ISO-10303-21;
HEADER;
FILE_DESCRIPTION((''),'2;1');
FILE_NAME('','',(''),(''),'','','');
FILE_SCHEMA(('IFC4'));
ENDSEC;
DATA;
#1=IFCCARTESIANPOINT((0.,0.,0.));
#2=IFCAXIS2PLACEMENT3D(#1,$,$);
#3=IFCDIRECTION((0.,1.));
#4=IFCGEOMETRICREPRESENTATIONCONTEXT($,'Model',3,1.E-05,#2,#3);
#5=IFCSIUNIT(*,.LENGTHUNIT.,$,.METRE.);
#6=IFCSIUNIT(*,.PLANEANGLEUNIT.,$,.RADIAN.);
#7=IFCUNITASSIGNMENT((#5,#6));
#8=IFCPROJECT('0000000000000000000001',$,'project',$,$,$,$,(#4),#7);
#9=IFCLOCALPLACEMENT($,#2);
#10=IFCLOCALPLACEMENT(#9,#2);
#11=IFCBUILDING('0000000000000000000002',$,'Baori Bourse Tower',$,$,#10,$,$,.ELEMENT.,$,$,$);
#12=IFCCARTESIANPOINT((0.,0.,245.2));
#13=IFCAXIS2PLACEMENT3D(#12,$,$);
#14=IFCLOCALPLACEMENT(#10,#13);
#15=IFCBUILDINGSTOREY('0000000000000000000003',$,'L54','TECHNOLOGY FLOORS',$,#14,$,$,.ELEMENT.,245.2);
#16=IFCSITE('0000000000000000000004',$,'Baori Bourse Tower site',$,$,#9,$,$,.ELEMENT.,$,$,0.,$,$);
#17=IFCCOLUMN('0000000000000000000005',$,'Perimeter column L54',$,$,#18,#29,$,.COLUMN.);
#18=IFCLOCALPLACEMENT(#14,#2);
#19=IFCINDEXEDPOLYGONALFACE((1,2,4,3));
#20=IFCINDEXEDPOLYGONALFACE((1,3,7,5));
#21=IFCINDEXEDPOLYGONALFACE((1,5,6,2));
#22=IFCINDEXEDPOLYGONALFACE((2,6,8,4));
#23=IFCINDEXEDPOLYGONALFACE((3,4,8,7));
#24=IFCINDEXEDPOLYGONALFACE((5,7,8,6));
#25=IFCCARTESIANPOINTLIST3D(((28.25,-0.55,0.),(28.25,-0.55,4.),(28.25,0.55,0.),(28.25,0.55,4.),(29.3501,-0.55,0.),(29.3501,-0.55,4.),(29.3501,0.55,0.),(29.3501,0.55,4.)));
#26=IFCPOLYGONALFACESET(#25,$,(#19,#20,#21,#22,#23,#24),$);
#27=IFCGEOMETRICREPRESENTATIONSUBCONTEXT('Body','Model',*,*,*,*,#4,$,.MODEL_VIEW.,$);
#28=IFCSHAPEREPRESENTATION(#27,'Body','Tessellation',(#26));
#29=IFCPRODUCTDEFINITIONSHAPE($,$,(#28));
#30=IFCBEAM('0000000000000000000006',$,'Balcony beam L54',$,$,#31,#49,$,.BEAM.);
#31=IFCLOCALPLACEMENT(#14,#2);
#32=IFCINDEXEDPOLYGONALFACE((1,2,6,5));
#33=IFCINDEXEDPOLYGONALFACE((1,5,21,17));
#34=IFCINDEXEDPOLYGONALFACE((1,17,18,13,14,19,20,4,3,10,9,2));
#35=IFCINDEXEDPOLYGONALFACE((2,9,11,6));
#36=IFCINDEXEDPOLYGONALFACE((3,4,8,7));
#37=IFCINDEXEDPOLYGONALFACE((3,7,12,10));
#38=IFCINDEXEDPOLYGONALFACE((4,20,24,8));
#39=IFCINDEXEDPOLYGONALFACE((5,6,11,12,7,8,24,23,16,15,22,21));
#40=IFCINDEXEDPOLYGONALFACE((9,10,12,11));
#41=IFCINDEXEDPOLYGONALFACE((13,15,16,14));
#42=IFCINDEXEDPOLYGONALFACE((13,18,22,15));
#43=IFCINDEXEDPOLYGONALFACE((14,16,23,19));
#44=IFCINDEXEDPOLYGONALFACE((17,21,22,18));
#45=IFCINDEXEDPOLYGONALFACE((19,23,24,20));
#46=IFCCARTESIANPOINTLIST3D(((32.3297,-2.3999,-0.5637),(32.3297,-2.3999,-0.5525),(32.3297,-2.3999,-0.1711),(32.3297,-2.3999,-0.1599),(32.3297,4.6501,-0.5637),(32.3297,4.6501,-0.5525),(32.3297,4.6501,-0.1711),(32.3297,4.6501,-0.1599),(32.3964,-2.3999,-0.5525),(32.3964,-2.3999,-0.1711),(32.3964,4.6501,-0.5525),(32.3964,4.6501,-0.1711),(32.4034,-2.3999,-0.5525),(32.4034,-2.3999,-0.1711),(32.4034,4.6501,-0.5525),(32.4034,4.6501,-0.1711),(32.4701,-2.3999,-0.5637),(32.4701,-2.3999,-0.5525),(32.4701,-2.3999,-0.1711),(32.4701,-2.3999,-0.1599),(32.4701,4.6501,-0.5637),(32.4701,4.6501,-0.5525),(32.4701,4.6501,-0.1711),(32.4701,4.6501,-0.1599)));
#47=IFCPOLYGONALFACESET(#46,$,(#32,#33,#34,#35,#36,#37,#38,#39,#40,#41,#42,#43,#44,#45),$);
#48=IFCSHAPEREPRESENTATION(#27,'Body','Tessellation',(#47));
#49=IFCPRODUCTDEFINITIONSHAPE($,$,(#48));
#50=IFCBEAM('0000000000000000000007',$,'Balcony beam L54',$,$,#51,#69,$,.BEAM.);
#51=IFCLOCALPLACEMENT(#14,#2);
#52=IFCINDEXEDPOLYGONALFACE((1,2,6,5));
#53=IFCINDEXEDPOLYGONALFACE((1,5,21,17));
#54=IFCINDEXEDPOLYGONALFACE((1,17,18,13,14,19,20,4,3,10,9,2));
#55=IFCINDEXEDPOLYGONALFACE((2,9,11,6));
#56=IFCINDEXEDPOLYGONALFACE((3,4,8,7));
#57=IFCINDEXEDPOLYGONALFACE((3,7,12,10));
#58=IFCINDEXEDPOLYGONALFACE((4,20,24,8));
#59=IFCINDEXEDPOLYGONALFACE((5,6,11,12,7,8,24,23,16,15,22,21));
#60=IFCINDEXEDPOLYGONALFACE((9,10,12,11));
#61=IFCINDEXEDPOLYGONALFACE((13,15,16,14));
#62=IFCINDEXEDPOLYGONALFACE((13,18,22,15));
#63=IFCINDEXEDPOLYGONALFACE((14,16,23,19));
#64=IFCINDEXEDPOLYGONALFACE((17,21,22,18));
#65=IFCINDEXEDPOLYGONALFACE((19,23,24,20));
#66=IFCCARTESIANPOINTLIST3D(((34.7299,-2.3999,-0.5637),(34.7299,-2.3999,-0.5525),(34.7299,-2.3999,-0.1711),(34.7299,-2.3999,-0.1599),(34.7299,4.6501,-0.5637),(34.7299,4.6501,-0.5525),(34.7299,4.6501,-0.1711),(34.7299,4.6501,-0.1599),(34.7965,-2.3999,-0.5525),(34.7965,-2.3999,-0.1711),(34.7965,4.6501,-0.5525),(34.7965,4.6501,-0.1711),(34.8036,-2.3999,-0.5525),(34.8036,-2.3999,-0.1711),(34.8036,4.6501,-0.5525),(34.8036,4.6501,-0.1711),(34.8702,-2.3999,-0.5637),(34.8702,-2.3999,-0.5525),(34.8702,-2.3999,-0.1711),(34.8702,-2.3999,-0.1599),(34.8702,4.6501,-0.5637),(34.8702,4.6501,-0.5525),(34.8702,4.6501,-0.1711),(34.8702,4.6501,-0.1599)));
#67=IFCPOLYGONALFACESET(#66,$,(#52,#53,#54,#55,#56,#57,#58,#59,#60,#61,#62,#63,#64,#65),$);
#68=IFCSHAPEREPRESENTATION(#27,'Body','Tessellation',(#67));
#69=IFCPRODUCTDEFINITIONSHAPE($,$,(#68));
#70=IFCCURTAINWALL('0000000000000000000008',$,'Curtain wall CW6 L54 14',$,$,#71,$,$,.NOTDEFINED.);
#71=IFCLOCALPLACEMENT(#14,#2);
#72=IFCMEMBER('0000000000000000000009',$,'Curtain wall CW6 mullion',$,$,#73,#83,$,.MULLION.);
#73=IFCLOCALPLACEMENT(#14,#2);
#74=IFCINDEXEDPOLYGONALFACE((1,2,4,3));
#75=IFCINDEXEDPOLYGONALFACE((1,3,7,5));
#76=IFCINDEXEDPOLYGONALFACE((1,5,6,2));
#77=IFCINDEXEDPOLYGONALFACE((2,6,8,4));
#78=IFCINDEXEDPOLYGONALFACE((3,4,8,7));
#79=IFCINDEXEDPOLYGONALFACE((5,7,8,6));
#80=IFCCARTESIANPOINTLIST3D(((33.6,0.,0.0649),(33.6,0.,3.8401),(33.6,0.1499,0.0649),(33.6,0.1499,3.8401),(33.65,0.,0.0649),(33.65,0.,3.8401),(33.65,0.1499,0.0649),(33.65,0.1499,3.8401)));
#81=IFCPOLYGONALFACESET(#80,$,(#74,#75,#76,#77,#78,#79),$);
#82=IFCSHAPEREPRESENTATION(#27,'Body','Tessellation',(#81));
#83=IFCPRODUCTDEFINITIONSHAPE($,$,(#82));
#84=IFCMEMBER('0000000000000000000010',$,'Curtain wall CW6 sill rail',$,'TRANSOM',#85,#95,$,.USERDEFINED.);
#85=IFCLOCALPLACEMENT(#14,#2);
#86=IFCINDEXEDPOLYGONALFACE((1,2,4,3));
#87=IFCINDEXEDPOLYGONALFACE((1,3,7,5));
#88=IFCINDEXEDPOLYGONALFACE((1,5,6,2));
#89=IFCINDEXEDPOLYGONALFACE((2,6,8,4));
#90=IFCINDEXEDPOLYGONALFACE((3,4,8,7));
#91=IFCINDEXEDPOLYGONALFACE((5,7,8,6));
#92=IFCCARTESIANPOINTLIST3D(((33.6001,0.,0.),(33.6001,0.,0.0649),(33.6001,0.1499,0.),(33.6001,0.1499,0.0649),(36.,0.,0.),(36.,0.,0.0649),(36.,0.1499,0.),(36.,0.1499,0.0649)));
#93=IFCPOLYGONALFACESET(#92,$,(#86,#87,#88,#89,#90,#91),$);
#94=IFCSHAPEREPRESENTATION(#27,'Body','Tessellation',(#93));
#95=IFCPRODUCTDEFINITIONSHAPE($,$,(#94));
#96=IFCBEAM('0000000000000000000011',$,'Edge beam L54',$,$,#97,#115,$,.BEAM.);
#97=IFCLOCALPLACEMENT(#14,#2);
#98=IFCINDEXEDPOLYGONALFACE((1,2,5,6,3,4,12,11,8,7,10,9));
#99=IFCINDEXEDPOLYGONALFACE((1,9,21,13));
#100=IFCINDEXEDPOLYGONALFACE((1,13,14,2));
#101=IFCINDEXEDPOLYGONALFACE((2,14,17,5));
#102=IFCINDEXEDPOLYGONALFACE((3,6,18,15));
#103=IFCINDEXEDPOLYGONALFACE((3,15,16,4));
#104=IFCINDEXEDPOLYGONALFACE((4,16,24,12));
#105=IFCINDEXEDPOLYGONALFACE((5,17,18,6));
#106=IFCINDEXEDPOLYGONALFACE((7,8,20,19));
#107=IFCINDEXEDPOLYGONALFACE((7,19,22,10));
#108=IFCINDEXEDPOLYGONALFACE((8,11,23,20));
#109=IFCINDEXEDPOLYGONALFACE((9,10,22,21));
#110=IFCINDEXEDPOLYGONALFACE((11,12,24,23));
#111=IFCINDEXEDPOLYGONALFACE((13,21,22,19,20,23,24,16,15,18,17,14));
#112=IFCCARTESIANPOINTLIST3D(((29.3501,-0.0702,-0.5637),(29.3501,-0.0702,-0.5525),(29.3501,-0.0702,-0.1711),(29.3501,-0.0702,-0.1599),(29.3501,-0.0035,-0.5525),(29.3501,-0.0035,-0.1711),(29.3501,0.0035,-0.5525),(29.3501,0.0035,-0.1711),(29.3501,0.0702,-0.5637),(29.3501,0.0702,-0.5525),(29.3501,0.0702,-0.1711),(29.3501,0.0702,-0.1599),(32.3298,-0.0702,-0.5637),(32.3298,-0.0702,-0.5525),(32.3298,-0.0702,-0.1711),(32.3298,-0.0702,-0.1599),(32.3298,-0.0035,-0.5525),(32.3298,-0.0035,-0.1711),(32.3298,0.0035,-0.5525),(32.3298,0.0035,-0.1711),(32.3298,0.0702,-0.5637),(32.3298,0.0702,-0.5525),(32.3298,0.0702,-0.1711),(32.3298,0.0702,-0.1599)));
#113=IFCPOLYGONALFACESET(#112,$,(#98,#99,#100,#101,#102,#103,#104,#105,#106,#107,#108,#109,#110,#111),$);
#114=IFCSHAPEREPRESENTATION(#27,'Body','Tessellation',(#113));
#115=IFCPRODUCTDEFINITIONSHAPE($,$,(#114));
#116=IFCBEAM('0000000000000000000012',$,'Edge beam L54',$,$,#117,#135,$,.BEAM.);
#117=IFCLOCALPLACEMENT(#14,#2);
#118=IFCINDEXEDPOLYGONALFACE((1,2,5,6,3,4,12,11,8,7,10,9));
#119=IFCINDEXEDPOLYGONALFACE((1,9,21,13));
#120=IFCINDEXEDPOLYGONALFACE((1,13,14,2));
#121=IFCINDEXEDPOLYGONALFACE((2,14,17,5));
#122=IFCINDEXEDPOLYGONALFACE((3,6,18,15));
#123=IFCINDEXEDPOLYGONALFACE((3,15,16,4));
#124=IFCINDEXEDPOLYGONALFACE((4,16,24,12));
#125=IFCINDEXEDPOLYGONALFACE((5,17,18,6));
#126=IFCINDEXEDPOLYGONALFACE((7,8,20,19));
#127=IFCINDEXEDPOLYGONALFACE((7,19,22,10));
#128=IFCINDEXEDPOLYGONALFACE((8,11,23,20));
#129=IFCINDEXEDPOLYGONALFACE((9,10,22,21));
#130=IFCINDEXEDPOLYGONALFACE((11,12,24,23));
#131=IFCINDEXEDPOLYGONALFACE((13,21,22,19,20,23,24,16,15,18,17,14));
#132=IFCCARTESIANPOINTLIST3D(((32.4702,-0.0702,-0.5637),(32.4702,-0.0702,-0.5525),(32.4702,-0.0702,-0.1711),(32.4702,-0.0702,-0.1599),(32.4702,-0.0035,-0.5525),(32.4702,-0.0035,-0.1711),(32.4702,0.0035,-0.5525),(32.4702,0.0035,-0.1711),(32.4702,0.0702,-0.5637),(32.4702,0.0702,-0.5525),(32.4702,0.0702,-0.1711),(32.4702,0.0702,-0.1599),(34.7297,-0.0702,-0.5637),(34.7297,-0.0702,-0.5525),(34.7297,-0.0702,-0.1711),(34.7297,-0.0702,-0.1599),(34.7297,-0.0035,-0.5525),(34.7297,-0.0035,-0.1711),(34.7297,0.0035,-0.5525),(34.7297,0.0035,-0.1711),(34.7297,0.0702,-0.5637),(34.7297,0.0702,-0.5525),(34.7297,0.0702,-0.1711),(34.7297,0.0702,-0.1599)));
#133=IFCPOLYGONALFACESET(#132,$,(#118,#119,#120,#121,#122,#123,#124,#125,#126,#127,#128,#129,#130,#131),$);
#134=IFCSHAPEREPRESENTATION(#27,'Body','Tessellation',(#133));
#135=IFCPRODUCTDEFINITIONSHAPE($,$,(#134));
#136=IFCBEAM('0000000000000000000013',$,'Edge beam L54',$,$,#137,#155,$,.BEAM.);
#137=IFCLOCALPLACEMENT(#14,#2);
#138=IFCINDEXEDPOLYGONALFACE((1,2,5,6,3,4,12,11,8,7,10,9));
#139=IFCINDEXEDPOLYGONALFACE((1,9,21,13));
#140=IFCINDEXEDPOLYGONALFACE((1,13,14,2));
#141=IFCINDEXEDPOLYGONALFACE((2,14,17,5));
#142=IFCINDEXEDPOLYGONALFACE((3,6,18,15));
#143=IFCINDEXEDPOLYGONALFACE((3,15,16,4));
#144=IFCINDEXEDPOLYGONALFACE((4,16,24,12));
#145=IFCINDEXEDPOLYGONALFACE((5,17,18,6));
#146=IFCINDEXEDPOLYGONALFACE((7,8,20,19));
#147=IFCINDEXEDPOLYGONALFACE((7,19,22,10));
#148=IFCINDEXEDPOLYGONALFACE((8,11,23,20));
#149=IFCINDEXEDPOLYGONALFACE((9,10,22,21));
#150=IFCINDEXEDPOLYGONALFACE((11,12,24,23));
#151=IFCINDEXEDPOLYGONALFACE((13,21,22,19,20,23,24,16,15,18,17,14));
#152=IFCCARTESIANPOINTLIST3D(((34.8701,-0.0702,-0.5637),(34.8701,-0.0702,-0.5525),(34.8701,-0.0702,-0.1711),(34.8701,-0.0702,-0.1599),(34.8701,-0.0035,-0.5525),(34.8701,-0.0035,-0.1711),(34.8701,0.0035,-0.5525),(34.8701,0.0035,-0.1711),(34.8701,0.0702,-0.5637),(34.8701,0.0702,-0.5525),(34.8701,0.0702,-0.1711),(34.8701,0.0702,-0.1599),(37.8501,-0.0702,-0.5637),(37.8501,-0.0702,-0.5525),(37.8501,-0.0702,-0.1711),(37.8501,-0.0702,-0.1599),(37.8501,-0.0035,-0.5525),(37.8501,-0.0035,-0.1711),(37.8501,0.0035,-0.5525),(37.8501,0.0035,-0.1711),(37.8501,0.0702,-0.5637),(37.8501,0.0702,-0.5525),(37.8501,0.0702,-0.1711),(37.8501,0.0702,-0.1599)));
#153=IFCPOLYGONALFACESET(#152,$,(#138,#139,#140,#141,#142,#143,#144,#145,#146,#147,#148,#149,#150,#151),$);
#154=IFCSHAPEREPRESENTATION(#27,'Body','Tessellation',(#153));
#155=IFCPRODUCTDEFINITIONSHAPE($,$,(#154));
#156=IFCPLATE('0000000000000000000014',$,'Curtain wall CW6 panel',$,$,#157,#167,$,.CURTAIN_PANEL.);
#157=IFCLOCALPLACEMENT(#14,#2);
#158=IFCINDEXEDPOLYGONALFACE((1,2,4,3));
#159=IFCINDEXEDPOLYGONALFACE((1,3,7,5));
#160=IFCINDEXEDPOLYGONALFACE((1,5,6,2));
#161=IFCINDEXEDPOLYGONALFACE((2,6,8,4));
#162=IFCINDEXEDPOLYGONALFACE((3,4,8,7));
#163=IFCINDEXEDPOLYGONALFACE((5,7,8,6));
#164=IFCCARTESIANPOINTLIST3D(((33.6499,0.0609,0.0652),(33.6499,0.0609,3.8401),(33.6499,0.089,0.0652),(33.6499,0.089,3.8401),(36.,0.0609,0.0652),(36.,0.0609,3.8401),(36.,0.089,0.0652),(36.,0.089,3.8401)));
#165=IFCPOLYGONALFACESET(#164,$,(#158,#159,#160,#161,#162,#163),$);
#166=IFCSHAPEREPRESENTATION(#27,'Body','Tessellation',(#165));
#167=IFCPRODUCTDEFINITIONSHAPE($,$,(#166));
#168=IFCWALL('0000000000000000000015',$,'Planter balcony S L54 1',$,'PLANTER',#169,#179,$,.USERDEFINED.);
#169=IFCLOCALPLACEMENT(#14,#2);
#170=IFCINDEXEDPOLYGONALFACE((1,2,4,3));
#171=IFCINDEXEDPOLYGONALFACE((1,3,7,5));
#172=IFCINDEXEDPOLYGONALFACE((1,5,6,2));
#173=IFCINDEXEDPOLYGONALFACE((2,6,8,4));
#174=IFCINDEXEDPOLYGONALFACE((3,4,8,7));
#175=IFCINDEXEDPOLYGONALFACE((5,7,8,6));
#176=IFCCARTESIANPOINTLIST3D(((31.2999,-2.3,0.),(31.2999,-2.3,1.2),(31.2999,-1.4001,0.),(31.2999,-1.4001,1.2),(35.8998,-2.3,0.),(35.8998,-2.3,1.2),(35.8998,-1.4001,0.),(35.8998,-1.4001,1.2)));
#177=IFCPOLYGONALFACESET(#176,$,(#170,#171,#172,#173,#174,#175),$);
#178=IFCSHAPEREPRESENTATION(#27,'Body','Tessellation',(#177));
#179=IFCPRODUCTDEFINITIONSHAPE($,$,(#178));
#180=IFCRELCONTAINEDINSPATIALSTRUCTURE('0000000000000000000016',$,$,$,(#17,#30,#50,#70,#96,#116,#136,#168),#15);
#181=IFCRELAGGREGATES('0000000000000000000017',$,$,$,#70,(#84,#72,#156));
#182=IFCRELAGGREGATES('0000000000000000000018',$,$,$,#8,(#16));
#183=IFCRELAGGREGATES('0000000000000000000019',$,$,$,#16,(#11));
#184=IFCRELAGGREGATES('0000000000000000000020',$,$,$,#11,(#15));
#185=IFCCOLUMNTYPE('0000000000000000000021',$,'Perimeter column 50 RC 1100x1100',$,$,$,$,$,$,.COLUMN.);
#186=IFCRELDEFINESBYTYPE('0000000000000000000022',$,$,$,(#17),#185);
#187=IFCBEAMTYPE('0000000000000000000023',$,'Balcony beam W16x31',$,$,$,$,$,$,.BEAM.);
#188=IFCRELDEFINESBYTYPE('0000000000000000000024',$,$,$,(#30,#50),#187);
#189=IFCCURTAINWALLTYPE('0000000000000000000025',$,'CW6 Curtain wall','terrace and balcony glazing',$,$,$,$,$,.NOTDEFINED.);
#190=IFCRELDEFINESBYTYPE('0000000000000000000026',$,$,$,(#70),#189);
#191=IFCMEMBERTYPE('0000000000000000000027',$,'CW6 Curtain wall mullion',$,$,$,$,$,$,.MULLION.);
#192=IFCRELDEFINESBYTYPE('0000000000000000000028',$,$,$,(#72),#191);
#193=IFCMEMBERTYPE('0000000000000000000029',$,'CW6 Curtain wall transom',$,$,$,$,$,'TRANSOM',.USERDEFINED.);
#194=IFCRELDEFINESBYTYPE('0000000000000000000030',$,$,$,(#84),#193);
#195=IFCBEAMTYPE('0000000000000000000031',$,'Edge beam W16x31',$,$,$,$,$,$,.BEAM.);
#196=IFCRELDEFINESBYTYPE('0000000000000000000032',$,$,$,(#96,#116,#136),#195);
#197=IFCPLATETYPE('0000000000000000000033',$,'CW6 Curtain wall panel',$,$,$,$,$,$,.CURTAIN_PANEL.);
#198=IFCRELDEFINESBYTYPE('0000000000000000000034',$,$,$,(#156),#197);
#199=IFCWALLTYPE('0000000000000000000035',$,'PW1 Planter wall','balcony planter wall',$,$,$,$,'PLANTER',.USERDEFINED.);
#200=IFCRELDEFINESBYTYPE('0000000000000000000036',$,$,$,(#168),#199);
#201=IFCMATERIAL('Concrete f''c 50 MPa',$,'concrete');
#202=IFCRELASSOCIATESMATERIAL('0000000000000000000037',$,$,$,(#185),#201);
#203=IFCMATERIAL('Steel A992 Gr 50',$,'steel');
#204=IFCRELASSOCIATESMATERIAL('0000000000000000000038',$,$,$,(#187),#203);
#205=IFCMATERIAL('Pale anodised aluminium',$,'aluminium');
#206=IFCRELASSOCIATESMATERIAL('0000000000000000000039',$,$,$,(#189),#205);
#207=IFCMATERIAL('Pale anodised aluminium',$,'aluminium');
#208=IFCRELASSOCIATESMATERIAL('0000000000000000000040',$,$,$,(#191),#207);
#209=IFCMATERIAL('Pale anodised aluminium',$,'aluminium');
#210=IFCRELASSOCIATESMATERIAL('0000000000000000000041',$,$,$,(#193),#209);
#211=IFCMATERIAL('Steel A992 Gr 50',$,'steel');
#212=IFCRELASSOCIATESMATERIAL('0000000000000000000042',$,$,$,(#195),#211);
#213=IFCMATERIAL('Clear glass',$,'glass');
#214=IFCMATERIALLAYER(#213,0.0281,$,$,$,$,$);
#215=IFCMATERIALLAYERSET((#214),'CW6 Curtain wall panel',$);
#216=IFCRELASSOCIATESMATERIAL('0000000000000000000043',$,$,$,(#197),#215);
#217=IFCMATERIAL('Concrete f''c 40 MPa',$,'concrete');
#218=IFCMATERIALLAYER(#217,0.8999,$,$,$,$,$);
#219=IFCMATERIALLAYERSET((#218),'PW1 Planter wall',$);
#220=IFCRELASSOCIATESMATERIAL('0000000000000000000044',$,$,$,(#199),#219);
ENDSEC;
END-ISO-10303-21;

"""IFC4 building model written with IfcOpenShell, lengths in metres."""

from ifc_helpers import new_model, si_unit, direction, frame, frame_2d, origin, origin_2d, place, context, subcontext, project, spatial, rectangle, i_section, extrude, material, layer, layer_set, material_profile, profile_set, type_object, element, aggregate, save


model = new_model("IFC4")

# Units and contexts
model_context = context("Model", 3, precision=1e-05, world=origin(), true_north=direction((0.0, 1.0)))
body_context = subcontext(model_context, "Body", "Model", "MODEL_VIEW")
ifc_project = project(units=[si_unit("LENGTHUNIT", "METRE"), si_unit("PLANEANGLEUNIT", "RADIAN")], contexts=[model_context])

# Site, building, storey
site_placement = place(None, origin())
site = spatial("IfcSite", under=ifc_project, at=site_placement, Name="Baori Bourse Tower site", CompositionType="ELEMENT", RefElevation=0.0)
building_placement = place(site_placement, origin())
building = spatial("IfcBuilding", under=site, at=building_placement, Name="Baori Bourse Tower", CompositionType="ELEMENT")
storey_placement = place(building_placement, frame((0.0, 0.0, 245.2)))
storey = spatial("IfcBuildingStorey", under=building, at=storey_placement, Name="L54", Description="TECHNOLOGY FLOORS", CompositionType="ELEMENT", Elevation=245.2)

# Column
ifc_material_1 = material(Name="Concrete f'c 50 MPa", Category="concrete")
ifc_material_profile_1 = material_profile(ifc_material_1, rectangle(XDim=1.1001, YDim=1.1001, at=origin_2d()), Name="RC 1100x1100")
ifc_profile_set_1 = profile_set([ifc_material_profile_1], Name="Concrete f'c 50 MPa")
column_type = type_object("IfcColumnType", Name="Perimeter column 50 RC 1100x1100", PredefinedType="COLUMN", material=ifc_profile_set_1)
column_placement = place(storey_placement, frame((28.8, 0.0, 0.0), z_axis=(0.0, 0.0, 1.0), x_axis=(1.0, 0.0, 0.0)))
element("IfcColumn", 1, at=column_placement, inside=storey, type_object=column_type, Name="Perimeter column L54", PredefinedType="COLUMN", context=body_context, shape_type="SweptSolid", body=[
    extrude(rectangle(XDim=1.1001, YDim=1.1001, at=origin_2d()), origin(), (0.0, 0.0, 1.0), 4.0),
])

# Beams
ifc_material_2 = material(Name="Steel A992 Gr 50", Category="steel")
ifc_material_profile_2 = material_profile(ifc_material_2, i_section(OverallWidth=0.1404, OverallDepth=0.4038, WebThickness=0.0071, FlangeThickness=0.0112, at=origin_2d()), Name="W16x31")
ifc_profile_set_2 = profile_set([ifc_material_profile_2], Name="Steel A992 Gr 50")
beam_type_1 = type_object("IfcBeamType", Name="Balcony beam W16x31", PredefinedType="BEAM", material=ifc_profile_set_2)
for number, where, z_axis, x_axis, name in (
    (2, (32.3999, -2.3999, -0.3618), (0.0, 1.0, 0.0), (-1.0, 0.0, 0.0), "Balcony beam L54"),
    (3, (34.8, -2.3999, -0.3618), (0.0, 1.0, 0.0), (-1.0, 0.0, 0.0), "Balcony beam L54"),
):
    element("IfcBeam", number, at=place(storey_placement, frame(where, z_axis=z_axis, x_axis=x_axis)), inside=storey, type_object=beam_type_1, Name=name, PredefinedType="BEAM", context=body_context, shape_type="SweptSolid", body=[
        extrude(i_section(OverallWidth=0.1404, OverallDepth=0.4038, WebThickness=0.0071, FlangeThickness=0.0112, at=origin_2d()), origin(), (0.0, 0.0, 1.0), 7.05),
    ])

# Curtain wall, members
ifc_material_3 = material(Name="Pale anodised aluminium", Category="aluminium")
curtain_wall_type = type_object("IfcCurtainWallType", Name="CW6 Curtain wall", Description="terrace and balcony glazing", PredefinedType="NOTDEFINED", material=ifc_material_3)
curtain_wall_placement = place(storey_placement, origin())
curtain_wall = element("IfcCurtainWall", 4, at=curtain_wall_placement, inside=storey, type_object=curtain_wall_type, Name="Curtain wall CW6 L54 14", PredefinedType="NOTDEFINED")
ifc_material_4 = material(Name="Pale anodised aluminium", Category="aluminium")
ifc_material_profile_3 = material_profile(ifc_material_4, rectangle(XDim=0.1499, YDim=0.05, at=origin_2d()), Name="Mullion 50x150")
ifc_profile_set_3 = profile_set([ifc_material_profile_3], Name="Pale anodised aluminium")
member_type_1 = type_object("IfcMemberType", Name="CW6 Curtain wall mullion", PredefinedType="MULLION", material=ifc_profile_set_3)
member_1_placement = place(storey_placement, frame((33.625, 0.075, 0.0649), z_axis=(0.0, 0.0, 1.0), x_axis=(0.0, 1.0, 0.0)))
member_1 = element("IfcMember", 5, at=member_1_placement, type_object=member_type_1, Name="Curtain wall CW6 mullion", PredefinedType="MULLION", context=body_context, shape_type="SweptSolid", body=[
    extrude(rectangle(XDim=0.1499, YDim=0.05, at=origin_2d()), origin(), (0.0, 0.0, 1.0), 3.7751),
])
ifc_material_5 = material(Name="Pale anodised aluminium", Category="aluminium")
ifc_material_profile_4 = material_profile(ifc_material_5, rectangle(XDim=0.1499, YDim=0.0649, at=origin_2d()), Name="Transom 65x150")
ifc_profile_set_4 = profile_set([ifc_material_profile_4], Name="Pale anodised aluminium")
member_type_2 = type_object("IfcMemberType", Name="CW6 Curtain wall transom", ElementType="TRANSOM", PredefinedType="USERDEFINED", material=ifc_profile_set_4)
member_2_placement = place(storey_placement, frame((33.6001, 0.075, 0.0325), z_axis=(1.0, 0.0, 0.0), x_axis=(0.0, 1.0, 0.0)))
member_2 = element("IfcMember", 6, at=member_2_placement, type_object=member_type_2, Name="Curtain wall CW6 sill rail", ObjectType="TRANSOM", PredefinedType="USERDEFINED", context=body_context, shape_type="SweptSolid", body=[
    extrude(rectangle(XDim=0.1499, YDim=0.0649, at=origin_2d()), origin(), (0.0, 0.0, 1.0), 2.3999),
])

# Beams
ifc_material_6 = material(Name="Steel A992 Gr 50", Category="steel")
ifc_material_profile_5 = material_profile(ifc_material_6, i_section(OverallWidth=0.1404, OverallDepth=0.4038, WebThickness=0.0071, FlangeThickness=0.0112, at=origin_2d()), Name="W16x31")
ifc_profile_set_5 = profile_set([ifc_material_profile_5], Name="Steel A992 Gr 50")
beam_type_2 = type_object("IfcBeamType", Name="Edge beam W16x31", PredefinedType="BEAM", material=ifc_profile_set_5)
beam_1_placement = place(storey_placement, frame((29.3501, 0.0, -0.3618), z_axis=(1.0, 0.0, 0.0), x_axis=(0.0, 1.0, 0.0)))
element("IfcBeam", 7, at=beam_1_placement, inside=storey, type_object=beam_type_2, Name="Edge beam L54", PredefinedType="BEAM", context=body_context, shape_type="SweptSolid", body=[
    extrude(i_section(OverallWidth=0.1404, OverallDepth=0.4038, WebThickness=0.0071, FlangeThickness=0.0112, at=origin_2d()), origin(), (0.0, 0.0, 1.0), 2.9797),
])
beam_2_placement = place(storey_placement, frame((32.4702, 0.0, -0.3618), z_axis=(1.0, 0.0, 0.0), x_axis=(0.0, 1.0, 0.0)))
element("IfcBeam", 8, at=beam_2_placement, inside=storey, type_object=beam_type_2, Name="Edge beam L54", PredefinedType="BEAM", context=body_context, shape_type="SweptSolid", body=[
    extrude(i_section(OverallWidth=0.1404, OverallDepth=0.4038, WebThickness=0.0071, FlangeThickness=0.0112, at=origin_2d()), origin(), (0.0, 0.0, 1.0), 2.2595),
])
beam_3_placement = place(storey_placement, frame((34.8701, 0.0, -0.3618), z_axis=(1.0, 0.0, 0.0), x_axis=(0.0, 1.0, 0.0)))
element("IfcBeam", 9, at=beam_3_placement, inside=storey, type_object=beam_type_2, Name="Edge beam L54", PredefinedType="BEAM", context=body_context, shape_type="SweptSolid", body=[
    extrude(i_section(OverallWidth=0.1404, OverallDepth=0.4038, WebThickness=0.0071, FlangeThickness=0.0112, at=origin_2d()), origin(), (0.0, 0.0, 1.0), 2.98),
])

# Plate
ifc_material_7 = material(Name="Clear glass", Category="glass")
ifc_layer_1 = layer(ifc_material_7, 0.0281)
ifc_layer_set_1 = layer_set([ifc_layer_1], Name="CW6 Curtain wall panel")
plate_type = type_object("IfcPlateType", Name="CW6 Curtain wall panel", PredefinedType="CURTAIN_PANEL", material=ifc_layer_set_1)
plate_placement = place(storey_placement, frame((34.825, 0.075, 0.0652), z_axis=(0.0, 0.0, 1.0), x_axis=(1.0, 0.0, 0.0)))
plate = element("IfcPlate", 10, at=plate_placement, type_object=plate_type, Name="Curtain wall CW6 panel", PredefinedType="CURTAIN_PANEL", context=body_context, shape_type="SweptSolid", body=[
    extrude(rectangle(XDim=2.3501, YDim=0.0281, at=origin_2d()), origin(), (0.0, 0.0, 1.0), 3.7749),
])
aggregate(curtain_wall, [member_2, member_1, plate])

# Wall
ifc_material_8 = material(Name="Concrete f'c 40 MPa", Category="concrete")
ifc_layer_2 = layer(ifc_material_8, 0.8999)
ifc_layer_set_2 = layer_set([ifc_layer_2], Name="PW1 Planter wall")
wall_type_1 = type_object("IfcWallType", Name="PW1 Planter wall", Description="balcony planter wall", ElementType="PLANTER", PredefinedType="USERDEFINED", material=ifc_layer_set_2)
wall_1_placement = place(storey_placement, frame((31.3, -1.8501, 0.0), z_axis=(0.0, 0.0, 1.0), x_axis=(1.0, 0.0, 0.0)))
element("IfcWall", 11, at=wall_1_placement, inside=storey, type_object=wall_type_1, Name="Planter balcony S L54 1", ObjectType="PLANTER", PredefinedType="USERDEFINED", context=body_context, shape_type="SweptSolid", body=[
    extrude(rectangle(XDim=4.5999, YDim=0.8999, at=frame_2d((2.2998, 0.0))), origin(), (0.0, 0.0, 1.0), 1.2),
])

save(model, "model.ifc")
